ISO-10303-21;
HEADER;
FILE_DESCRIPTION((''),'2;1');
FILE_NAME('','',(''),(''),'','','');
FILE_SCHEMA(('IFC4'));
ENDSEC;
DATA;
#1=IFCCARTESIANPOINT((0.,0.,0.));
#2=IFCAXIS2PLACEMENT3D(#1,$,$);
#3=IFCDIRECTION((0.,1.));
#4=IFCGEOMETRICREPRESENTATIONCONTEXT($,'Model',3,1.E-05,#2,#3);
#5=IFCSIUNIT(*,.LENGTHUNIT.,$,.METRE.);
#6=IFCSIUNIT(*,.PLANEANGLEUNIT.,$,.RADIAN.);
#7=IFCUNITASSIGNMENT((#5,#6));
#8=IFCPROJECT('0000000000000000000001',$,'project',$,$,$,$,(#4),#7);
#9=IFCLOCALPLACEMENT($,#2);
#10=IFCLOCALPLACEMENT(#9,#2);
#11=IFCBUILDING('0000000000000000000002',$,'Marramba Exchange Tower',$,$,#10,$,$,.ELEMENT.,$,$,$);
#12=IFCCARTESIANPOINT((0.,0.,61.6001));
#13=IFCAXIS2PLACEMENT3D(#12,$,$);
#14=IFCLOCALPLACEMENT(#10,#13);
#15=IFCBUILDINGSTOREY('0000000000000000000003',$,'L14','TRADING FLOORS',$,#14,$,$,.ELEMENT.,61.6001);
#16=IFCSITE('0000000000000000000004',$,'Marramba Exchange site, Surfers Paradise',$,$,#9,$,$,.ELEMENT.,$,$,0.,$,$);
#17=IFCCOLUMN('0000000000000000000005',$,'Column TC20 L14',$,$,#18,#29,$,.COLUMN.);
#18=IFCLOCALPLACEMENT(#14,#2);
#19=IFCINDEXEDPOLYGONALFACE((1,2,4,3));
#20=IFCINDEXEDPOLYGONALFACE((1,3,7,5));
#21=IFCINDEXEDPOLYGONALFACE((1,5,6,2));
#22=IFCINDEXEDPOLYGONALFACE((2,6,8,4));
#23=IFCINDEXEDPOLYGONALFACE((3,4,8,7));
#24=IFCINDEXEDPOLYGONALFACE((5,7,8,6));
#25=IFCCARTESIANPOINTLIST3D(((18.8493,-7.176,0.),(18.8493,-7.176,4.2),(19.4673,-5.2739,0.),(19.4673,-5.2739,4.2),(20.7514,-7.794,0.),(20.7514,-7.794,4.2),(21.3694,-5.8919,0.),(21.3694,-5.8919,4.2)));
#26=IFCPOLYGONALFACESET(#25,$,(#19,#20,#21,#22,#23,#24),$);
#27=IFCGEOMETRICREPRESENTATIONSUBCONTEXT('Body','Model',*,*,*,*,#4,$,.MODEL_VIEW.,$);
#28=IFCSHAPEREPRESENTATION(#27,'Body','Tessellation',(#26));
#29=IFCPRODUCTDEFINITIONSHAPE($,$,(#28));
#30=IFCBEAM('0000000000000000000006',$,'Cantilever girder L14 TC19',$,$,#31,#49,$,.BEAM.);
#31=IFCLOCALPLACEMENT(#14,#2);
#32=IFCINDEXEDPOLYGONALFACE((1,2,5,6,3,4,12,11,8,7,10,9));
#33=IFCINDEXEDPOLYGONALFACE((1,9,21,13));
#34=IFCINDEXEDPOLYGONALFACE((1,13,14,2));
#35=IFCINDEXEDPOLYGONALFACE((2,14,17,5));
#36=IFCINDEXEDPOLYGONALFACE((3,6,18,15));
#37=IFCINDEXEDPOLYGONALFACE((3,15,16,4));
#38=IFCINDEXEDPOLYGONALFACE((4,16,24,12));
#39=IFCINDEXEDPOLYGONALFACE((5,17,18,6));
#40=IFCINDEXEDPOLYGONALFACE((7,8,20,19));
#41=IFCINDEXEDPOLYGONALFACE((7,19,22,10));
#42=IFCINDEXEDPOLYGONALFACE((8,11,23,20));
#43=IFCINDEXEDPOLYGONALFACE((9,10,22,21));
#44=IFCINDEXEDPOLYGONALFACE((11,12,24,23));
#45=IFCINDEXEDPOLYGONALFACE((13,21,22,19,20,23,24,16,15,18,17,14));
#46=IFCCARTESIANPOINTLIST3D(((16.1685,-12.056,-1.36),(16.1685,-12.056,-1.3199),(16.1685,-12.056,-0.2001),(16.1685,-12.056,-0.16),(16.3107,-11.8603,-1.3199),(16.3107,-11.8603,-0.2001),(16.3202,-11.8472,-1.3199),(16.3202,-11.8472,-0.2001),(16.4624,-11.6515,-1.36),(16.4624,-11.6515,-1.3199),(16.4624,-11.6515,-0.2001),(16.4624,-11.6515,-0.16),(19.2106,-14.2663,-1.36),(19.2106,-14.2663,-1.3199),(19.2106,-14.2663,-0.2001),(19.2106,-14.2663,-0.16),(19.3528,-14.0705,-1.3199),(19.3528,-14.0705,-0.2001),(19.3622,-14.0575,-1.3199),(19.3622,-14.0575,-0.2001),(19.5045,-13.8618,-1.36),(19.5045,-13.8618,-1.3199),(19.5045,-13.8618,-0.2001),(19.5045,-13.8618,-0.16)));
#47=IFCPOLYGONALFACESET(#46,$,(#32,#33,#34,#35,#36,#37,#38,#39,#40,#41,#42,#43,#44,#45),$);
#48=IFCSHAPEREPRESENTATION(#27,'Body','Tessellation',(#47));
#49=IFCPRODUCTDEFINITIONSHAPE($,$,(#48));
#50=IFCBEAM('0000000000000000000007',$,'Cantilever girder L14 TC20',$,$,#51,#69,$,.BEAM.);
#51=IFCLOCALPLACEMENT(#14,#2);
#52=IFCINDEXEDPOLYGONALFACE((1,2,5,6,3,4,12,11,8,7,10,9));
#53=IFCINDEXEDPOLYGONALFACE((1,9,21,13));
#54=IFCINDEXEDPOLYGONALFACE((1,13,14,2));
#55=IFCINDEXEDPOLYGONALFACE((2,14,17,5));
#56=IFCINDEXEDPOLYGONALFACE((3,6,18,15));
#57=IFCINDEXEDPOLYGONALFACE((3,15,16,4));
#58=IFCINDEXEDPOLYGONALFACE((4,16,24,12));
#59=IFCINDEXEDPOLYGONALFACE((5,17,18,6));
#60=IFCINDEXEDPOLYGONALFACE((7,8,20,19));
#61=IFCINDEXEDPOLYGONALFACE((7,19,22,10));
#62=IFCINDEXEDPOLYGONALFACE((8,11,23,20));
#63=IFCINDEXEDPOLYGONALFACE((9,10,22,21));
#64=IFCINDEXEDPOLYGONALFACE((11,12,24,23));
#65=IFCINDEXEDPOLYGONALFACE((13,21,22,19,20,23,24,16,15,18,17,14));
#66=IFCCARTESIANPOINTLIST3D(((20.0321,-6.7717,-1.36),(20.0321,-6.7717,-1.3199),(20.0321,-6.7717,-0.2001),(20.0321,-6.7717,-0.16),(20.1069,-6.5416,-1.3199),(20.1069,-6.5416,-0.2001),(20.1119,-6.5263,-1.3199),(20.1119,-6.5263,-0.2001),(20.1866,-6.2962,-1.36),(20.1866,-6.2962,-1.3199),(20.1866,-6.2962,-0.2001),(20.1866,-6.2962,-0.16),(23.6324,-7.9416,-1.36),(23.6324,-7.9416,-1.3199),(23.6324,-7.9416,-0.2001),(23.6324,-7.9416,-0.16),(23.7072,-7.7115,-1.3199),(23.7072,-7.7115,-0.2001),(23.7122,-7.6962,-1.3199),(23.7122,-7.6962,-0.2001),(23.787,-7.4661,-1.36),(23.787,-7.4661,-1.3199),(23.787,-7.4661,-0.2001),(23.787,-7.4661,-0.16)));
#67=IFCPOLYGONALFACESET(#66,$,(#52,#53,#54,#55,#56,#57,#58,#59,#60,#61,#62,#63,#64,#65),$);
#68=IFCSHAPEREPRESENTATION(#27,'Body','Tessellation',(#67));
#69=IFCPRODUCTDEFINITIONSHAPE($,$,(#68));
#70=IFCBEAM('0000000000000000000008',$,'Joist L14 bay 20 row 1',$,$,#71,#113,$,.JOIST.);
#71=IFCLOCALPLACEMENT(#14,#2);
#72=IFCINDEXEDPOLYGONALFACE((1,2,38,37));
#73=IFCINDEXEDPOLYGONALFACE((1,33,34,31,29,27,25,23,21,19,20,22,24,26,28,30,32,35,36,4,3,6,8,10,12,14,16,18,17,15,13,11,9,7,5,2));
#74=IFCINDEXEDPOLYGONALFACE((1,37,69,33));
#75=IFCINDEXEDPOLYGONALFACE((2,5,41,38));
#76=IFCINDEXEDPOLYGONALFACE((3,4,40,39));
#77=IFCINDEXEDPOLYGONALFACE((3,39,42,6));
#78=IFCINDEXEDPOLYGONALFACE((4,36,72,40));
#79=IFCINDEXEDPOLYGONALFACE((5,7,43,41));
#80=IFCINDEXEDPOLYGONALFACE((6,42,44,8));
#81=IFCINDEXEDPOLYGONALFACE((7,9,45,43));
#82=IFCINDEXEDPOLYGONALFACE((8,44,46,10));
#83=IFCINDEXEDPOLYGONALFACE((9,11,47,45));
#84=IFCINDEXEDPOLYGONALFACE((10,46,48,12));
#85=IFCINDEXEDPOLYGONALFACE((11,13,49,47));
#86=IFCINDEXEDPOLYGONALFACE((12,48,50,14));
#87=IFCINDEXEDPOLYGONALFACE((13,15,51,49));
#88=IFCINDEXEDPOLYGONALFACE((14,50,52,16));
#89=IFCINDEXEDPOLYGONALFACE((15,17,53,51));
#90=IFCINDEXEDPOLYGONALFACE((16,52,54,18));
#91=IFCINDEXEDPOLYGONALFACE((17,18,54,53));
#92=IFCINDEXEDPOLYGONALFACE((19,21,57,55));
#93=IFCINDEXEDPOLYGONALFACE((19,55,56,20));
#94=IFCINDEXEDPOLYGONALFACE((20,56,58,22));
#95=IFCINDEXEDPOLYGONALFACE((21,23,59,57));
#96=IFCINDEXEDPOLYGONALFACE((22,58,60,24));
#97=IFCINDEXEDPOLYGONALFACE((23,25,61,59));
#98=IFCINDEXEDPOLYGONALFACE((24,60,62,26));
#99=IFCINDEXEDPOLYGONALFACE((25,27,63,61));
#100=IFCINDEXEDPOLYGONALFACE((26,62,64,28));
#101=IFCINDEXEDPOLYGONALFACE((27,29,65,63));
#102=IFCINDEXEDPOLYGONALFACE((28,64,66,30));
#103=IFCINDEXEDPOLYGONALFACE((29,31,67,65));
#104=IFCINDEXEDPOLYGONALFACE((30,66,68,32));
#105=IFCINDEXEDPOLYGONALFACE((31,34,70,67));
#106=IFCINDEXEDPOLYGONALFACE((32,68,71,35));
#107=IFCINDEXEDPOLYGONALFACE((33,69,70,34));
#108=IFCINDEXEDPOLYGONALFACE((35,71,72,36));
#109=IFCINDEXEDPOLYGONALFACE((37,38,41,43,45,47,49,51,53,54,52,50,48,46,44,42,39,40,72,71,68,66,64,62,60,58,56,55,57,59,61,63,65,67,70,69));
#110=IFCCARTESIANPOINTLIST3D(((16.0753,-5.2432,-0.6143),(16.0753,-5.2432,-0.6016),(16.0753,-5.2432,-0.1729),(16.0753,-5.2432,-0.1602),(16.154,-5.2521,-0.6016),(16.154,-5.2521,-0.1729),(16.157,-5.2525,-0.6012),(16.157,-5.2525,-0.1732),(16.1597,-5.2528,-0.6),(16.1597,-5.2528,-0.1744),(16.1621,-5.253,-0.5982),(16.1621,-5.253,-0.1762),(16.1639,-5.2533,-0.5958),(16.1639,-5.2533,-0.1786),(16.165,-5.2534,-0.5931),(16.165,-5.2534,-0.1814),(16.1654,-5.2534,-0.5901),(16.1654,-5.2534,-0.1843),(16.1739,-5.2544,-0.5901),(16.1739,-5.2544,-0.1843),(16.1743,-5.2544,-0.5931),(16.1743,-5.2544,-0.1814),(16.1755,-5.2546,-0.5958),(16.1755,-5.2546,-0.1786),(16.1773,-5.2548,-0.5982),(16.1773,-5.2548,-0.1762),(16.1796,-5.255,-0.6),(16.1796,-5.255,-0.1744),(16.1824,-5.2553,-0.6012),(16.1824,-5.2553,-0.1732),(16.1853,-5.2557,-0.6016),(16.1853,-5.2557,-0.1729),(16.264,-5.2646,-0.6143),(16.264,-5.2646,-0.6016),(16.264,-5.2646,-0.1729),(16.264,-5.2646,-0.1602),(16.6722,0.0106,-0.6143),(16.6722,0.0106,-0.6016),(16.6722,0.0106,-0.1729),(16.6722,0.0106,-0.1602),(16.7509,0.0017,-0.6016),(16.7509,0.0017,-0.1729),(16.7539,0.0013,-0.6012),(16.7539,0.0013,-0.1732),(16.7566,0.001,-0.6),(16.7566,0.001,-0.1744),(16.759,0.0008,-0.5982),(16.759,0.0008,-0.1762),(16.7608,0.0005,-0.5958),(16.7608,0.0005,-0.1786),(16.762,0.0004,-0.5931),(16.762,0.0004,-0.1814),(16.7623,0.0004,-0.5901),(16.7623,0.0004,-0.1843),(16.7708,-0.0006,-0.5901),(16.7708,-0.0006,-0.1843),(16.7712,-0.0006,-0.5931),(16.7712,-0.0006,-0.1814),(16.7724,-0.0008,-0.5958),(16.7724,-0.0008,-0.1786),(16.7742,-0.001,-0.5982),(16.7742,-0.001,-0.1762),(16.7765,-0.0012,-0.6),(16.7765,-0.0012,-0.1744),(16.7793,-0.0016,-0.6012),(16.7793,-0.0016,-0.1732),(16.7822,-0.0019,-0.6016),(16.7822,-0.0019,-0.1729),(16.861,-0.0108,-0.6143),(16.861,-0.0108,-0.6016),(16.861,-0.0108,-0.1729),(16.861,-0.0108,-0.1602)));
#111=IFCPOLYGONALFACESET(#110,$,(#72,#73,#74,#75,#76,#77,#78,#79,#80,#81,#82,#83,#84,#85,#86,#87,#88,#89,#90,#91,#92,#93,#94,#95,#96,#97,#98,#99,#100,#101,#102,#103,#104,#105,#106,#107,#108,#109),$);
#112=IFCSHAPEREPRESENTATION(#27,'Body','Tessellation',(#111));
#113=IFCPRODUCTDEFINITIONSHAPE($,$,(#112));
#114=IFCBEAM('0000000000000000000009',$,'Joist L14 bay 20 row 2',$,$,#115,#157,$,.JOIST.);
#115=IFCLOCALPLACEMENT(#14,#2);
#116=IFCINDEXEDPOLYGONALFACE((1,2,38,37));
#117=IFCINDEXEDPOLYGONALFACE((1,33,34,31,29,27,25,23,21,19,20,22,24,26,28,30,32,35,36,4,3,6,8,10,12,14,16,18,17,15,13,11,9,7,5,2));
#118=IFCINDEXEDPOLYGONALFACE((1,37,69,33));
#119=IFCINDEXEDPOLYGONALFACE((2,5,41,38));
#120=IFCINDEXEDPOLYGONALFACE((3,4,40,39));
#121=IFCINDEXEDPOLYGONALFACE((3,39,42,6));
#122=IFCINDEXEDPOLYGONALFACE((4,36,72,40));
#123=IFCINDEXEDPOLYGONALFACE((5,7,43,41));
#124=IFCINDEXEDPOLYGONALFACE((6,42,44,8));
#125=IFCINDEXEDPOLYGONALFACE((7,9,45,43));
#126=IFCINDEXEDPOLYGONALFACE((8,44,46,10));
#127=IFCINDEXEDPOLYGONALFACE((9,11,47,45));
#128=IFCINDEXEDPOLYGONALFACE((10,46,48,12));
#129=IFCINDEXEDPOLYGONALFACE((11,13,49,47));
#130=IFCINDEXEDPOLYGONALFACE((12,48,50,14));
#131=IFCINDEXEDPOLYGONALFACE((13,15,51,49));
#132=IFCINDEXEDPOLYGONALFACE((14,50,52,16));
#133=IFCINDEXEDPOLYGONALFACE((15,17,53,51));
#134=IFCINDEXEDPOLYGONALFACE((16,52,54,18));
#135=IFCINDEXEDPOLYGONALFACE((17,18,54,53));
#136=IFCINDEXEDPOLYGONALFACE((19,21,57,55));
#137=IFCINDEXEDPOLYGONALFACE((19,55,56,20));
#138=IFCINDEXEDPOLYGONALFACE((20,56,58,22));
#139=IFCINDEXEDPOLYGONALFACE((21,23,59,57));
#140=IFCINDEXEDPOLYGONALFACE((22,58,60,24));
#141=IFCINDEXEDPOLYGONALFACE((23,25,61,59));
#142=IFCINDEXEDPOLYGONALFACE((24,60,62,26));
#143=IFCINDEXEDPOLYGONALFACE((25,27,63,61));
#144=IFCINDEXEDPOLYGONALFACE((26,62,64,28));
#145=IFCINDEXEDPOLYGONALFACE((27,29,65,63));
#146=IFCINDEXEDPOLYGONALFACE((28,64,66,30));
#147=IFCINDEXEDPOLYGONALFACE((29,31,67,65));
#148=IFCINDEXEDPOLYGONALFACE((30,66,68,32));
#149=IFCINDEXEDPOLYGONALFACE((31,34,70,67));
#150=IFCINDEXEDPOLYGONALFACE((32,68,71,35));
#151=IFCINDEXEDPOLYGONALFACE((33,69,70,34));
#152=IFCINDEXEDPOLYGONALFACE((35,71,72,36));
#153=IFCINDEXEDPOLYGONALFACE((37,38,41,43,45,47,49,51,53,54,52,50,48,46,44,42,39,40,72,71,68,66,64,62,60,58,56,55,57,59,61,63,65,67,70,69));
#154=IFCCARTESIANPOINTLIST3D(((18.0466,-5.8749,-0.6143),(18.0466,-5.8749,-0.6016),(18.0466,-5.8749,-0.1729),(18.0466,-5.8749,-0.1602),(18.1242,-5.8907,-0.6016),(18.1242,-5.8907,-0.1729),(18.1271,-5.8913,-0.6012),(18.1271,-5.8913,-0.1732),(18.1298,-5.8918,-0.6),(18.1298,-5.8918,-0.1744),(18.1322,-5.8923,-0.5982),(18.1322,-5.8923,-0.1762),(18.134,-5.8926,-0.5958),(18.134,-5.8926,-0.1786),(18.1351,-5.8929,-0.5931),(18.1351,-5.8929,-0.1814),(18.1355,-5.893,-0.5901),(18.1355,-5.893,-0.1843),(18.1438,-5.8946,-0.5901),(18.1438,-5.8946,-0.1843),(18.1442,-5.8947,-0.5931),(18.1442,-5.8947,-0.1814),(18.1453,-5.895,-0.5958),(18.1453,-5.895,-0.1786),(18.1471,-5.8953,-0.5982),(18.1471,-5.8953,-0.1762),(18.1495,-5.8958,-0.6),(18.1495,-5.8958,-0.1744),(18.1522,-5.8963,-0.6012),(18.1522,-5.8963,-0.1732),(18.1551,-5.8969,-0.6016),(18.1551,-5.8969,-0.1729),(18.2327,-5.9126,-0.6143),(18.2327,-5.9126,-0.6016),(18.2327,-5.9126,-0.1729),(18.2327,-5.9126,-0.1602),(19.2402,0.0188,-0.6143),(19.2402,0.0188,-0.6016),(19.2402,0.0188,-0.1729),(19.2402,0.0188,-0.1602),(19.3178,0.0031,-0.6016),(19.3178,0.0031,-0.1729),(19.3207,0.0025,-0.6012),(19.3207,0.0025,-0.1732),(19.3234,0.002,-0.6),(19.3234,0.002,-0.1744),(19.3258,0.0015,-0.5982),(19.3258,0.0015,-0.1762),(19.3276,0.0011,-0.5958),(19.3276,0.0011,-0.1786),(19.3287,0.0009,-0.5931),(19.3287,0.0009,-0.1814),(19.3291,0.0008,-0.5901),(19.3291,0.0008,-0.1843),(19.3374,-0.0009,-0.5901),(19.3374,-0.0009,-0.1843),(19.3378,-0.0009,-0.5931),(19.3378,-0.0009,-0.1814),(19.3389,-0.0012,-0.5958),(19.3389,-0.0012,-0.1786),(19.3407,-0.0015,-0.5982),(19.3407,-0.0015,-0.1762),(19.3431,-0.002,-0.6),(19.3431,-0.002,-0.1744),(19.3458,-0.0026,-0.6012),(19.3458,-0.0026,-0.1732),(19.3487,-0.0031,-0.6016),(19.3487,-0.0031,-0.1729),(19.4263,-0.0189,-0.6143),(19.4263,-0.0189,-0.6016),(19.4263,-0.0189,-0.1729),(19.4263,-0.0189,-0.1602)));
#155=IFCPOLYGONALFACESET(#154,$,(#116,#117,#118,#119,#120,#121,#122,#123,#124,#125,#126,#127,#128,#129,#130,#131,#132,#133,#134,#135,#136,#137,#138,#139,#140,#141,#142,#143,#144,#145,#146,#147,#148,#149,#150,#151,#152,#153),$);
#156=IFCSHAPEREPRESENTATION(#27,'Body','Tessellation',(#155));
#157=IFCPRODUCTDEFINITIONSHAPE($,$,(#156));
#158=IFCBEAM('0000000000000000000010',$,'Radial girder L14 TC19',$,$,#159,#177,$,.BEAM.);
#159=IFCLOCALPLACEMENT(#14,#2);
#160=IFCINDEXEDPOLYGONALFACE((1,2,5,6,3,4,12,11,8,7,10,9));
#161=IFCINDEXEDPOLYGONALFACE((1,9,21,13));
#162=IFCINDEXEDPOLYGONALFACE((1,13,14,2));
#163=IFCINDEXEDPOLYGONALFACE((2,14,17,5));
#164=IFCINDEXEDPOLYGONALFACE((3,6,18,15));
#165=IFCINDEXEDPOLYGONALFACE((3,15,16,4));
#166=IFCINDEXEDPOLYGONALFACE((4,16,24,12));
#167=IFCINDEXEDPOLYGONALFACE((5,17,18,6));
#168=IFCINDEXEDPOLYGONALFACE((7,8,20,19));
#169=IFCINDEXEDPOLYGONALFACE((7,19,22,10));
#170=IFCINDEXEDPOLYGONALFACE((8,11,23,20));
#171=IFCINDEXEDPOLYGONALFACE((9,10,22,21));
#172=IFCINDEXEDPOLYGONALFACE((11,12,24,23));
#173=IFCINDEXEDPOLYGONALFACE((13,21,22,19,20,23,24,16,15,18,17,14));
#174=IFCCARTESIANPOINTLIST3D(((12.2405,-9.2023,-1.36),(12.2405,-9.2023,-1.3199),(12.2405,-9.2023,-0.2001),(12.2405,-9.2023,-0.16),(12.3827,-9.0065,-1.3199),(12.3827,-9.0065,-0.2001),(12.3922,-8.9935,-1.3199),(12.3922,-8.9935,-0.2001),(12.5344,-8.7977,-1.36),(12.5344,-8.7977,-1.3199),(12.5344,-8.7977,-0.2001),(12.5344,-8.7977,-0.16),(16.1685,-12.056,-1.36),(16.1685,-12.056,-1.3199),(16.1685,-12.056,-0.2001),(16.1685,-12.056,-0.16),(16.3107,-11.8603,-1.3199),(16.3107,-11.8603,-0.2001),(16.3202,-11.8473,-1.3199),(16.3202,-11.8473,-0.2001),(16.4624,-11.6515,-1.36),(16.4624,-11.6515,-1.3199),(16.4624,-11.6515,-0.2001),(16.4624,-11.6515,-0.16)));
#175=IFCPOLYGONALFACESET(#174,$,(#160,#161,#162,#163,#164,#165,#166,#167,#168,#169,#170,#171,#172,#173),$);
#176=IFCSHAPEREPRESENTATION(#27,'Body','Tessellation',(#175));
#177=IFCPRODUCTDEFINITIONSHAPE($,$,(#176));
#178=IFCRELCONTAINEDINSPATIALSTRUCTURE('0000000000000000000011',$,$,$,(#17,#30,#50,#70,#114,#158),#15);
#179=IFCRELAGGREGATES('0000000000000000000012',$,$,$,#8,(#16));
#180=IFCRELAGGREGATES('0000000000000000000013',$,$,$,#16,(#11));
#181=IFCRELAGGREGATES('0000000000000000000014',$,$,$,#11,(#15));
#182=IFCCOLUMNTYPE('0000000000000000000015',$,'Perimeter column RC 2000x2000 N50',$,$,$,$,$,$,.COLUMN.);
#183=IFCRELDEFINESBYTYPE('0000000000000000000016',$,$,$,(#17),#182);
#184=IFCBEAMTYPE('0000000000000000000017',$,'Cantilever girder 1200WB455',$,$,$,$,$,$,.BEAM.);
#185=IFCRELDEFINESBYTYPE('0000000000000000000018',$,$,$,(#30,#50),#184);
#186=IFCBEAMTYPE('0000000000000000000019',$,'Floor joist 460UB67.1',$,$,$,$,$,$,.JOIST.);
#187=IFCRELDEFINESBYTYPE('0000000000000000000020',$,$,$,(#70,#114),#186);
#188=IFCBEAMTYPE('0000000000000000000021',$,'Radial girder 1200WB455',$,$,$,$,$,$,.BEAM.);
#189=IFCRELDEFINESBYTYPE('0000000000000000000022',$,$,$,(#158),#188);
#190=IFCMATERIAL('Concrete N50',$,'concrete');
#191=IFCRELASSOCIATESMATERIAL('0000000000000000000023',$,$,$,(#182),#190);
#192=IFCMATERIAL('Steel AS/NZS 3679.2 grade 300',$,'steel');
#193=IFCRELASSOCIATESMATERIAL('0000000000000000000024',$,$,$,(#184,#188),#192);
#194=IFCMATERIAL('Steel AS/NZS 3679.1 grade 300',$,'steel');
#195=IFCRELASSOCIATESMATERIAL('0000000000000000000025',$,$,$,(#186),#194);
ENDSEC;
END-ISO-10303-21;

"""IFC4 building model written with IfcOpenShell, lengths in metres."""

from ifc_helpers import new_model, si_unit, direction, frame, origin, origin_2d, place, context, subcontext, project, spatial, rectangle, i_section, extrude, material, material_profile, profile_set, type_object, element, save


model = new_model("IFC4")

# Units and contexts
model_context = context("Model", 3, precision=1e-05, world=origin(), true_north=direction((0.0, 1.0)))
body_context = subcontext(model_context, "Body", "Model", "MODEL_VIEW")
ifc_project = project(units=[si_unit("LENGTHUNIT", "METRE"), si_unit("PLANEANGLEUNIT", "RADIAN")], contexts=[model_context])

# Site, building, storey
site_placement = place(None, origin())
site = spatial("IfcSite", under=ifc_project, at=site_placement, Name="Marramba Exchange site, Surfers Paradise", CompositionType="ELEMENT", RefElevation=0.0)
building_placement = place(site_placement, origin())
building = spatial("IfcBuilding", under=site, at=building_placement, Name="Marramba Exchange Tower", CompositionType="ELEMENT")
storey_placement = place(building_placement, frame((0.0, 0.0, 61.6001)))
storey = spatial("IfcBuildingStorey", under=building, at=storey_placement, Name="L14", Description="TRADING FLOORS", CompositionType="ELEMENT", Elevation=61.6001)

# Column
ifc_material_1 = material(Name="Concrete N50", Category="concrete")
ifc_material_profile_1 = material_profile(ifc_material_1, rectangle(XDim=2.0, YDim=2.0, at=origin_2d()), Name="RC 2000x2000")
ifc_profile_set_1 = profile_set([ifc_material_profile_1], Name="Concrete N50")
column_type = type_object("IfcColumnType", Name="Perimeter column RC 2000x2000 N50", PredefinedType="COLUMN", material=ifc_profile_set_1)
column_placement = place(storey_placement, frame((20.1094, -6.5339, 0.0), z_axis=(0.0, 0.0, 1.0), x_axis=(0.951057, -0.309017, 0.0)))
element("IfcColumn", 1, at=column_placement, inside=storey, type_object=column_type, Name="Column TC20 L14", PredefinedType="COLUMN", context=body_context, shape_type="SweptSolid", body=[
    extrude(rectangle(XDim=2.0, YDim=2.0, at=origin_2d()), origin(), (0.0, 0.0, 1.0), 4.2),
])

# Beams
ifc_material_2 = material(Name="Steel AS/NZS 3679.2 grade 300", Category="steel")
ifc_material_profile_2 = material_profile(ifc_material_2, i_section(OverallWidth=0.5, OverallDepth=1.2, WebThickness=0.0161, FlangeThickness=0.04, at=origin_2d()), Name="1200WB455")
ifc_profile_set_2 = profile_set([ifc_material_profile_2], Name="Steel AS/NZS 3679.2 grade 300")
beam_type_1 = type_object("IfcBeamType", Name="Cantilever girder 1200WB455", PredefinedType="BEAM", material=ifc_profile_set_2)
beam_1_placement = place(storey_placement, frame((16.3154, -11.8538, -0.76), z_axis=(0.809008, -0.587797, 0.0), x_axis=(0.587797, 0.809008, 0.0)))
element("IfcBeam", 2, at=beam_1_placement, inside=storey, type_object=beam_type_1, Name="Cantilever girder L14 TC19", PredefinedType="BEAM", context=body_context, shape_type="SweptSolid", body=[
    extrude(i_section(OverallWidth=0.5, OverallDepth=1.2, WebThickness=0.0161, FlangeThickness=0.04, at=origin_2d()), origin(), (0.0, 0.0, 1.0), 3.7603),
])
beam_2_placement = place(storey_placement, frame((20.1094, -6.5339, -0.76), z_axis=(0.951049, -0.309041, 0.0), x_axis=(0.309041, 0.951049, 0.0)))
element("IfcBeam", 3, at=beam_2_placement, inside=storey, type_object=beam_type_1, Name="Cantilever girder L14 TC20", PredefinedType="BEAM", context=body_context, shape_type="SweptSolid", body=[
    extrude(i_section(OverallWidth=0.5, OverallDepth=1.2, WebThickness=0.0161, FlangeThickness=0.04, at=origin_2d()), origin(), (0.0, 0.0, 1.0), 3.7856),
])
ifc_material_3 = material(Name="Steel AS/NZS 3679.1 grade 300", Category="steel")
ifc_material_profile_3 = material_profile(ifc_material_3, i_section(OverallWidth=0.1899, OverallDepth=0.4541, WebThickness=0.0085, FlangeThickness=0.0127, FilletRadius=0.0115, at=origin_2d()), Name="460UB67.1")
ifc_profile_set_3 = profile_set([ifc_material_profile_3], Name="Steel AS/NZS 3679.1 grade 300")
beam_type_2 = type_object("IfcBeamType", Name="Floor joist 460UB67.1", PredefinedType="JOIST", material=ifc_profile_set_3)
beam_3_placement = place(storey_placement, frame((16.1697, -5.2539, -0.3872), z_axis=(0.112889, 0.993608, 0.0), x_axis=(-0.993608, 0.112889, 0.0)))
element("IfcBeam", 4, at=beam_3_placement, inside=storey, type_object=beam_type_2, Name="Joist L14 bay 20 row 1", PredefinedType="JOIST", context=body_context, shape_type="SweptSolid", body=[
    extrude(i_section(OverallWidth=0.1899, OverallDepth=0.4541, WebThickness=0.0085, FlangeThickness=0.0127, FilletRadius=0.0115, at=origin_2d()), origin(), (0.0, 0.0, 1.0), 5.2876),
])
beam_4_placement = place(storey_placement, frame((18.1396, -5.8938, -0.3872), z_axis=(0.198489, 0.980103, 0.0), x_axis=(-0.980103, 0.198489, 0.0)))
element("IfcBeam", 5, at=beam_4_placement, inside=storey, type_object=beam_type_2, Name="Joist L14 bay 20 row 2", PredefinedType="JOIST", context=body_context, shape_type="SweptSolid", body=[
    extrude(i_section(OverallWidth=0.1899, OverallDepth=0.4541, WebThickness=0.0085, FlangeThickness=0.0127, FilletRadius=0.0115, at=origin_2d()), origin(), (0.0, 0.0, 1.0), 6.0134),
])
ifc_material_profile_4 = material_profile(ifc_material_2, i_section(OverallWidth=0.5, OverallDepth=1.2, WebThickness=0.0161, FlangeThickness=0.04, at=origin_2d()), Name="1200WB455")
ifc_profile_set_4 = profile_set([ifc_material_profile_4], Name="Steel AS/NZS 3679.2 grade 300")
beam_type_3 = type_object("IfcBeamType", Name="Radial girder 1200WB455", PredefinedType="BEAM", material=ifc_profile_set_4)
beam_5_placement = place(storey_placement, frame((12.3875, -9.0, -0.76), z_axis=(0.809025, -0.587774, 0.0), x_axis=(0.587774, 0.809025, 0.0)))
element("IfcBeam", 6, at=beam_5_placement, inside=storey, type_object=beam_type_3, Name="Radial girder L14 TC19", PredefinedType="BEAM", context=body_context, shape_type="SweptSolid", body=[
    extrude(i_section(OverallWidth=0.5, OverallDepth=1.2, WebThickness=0.0161, FlangeThickness=0.04, at=origin_2d()), origin(), (0.0, 0.0, 1.0), 4.8552),
])

save(model, "model.ifc")
